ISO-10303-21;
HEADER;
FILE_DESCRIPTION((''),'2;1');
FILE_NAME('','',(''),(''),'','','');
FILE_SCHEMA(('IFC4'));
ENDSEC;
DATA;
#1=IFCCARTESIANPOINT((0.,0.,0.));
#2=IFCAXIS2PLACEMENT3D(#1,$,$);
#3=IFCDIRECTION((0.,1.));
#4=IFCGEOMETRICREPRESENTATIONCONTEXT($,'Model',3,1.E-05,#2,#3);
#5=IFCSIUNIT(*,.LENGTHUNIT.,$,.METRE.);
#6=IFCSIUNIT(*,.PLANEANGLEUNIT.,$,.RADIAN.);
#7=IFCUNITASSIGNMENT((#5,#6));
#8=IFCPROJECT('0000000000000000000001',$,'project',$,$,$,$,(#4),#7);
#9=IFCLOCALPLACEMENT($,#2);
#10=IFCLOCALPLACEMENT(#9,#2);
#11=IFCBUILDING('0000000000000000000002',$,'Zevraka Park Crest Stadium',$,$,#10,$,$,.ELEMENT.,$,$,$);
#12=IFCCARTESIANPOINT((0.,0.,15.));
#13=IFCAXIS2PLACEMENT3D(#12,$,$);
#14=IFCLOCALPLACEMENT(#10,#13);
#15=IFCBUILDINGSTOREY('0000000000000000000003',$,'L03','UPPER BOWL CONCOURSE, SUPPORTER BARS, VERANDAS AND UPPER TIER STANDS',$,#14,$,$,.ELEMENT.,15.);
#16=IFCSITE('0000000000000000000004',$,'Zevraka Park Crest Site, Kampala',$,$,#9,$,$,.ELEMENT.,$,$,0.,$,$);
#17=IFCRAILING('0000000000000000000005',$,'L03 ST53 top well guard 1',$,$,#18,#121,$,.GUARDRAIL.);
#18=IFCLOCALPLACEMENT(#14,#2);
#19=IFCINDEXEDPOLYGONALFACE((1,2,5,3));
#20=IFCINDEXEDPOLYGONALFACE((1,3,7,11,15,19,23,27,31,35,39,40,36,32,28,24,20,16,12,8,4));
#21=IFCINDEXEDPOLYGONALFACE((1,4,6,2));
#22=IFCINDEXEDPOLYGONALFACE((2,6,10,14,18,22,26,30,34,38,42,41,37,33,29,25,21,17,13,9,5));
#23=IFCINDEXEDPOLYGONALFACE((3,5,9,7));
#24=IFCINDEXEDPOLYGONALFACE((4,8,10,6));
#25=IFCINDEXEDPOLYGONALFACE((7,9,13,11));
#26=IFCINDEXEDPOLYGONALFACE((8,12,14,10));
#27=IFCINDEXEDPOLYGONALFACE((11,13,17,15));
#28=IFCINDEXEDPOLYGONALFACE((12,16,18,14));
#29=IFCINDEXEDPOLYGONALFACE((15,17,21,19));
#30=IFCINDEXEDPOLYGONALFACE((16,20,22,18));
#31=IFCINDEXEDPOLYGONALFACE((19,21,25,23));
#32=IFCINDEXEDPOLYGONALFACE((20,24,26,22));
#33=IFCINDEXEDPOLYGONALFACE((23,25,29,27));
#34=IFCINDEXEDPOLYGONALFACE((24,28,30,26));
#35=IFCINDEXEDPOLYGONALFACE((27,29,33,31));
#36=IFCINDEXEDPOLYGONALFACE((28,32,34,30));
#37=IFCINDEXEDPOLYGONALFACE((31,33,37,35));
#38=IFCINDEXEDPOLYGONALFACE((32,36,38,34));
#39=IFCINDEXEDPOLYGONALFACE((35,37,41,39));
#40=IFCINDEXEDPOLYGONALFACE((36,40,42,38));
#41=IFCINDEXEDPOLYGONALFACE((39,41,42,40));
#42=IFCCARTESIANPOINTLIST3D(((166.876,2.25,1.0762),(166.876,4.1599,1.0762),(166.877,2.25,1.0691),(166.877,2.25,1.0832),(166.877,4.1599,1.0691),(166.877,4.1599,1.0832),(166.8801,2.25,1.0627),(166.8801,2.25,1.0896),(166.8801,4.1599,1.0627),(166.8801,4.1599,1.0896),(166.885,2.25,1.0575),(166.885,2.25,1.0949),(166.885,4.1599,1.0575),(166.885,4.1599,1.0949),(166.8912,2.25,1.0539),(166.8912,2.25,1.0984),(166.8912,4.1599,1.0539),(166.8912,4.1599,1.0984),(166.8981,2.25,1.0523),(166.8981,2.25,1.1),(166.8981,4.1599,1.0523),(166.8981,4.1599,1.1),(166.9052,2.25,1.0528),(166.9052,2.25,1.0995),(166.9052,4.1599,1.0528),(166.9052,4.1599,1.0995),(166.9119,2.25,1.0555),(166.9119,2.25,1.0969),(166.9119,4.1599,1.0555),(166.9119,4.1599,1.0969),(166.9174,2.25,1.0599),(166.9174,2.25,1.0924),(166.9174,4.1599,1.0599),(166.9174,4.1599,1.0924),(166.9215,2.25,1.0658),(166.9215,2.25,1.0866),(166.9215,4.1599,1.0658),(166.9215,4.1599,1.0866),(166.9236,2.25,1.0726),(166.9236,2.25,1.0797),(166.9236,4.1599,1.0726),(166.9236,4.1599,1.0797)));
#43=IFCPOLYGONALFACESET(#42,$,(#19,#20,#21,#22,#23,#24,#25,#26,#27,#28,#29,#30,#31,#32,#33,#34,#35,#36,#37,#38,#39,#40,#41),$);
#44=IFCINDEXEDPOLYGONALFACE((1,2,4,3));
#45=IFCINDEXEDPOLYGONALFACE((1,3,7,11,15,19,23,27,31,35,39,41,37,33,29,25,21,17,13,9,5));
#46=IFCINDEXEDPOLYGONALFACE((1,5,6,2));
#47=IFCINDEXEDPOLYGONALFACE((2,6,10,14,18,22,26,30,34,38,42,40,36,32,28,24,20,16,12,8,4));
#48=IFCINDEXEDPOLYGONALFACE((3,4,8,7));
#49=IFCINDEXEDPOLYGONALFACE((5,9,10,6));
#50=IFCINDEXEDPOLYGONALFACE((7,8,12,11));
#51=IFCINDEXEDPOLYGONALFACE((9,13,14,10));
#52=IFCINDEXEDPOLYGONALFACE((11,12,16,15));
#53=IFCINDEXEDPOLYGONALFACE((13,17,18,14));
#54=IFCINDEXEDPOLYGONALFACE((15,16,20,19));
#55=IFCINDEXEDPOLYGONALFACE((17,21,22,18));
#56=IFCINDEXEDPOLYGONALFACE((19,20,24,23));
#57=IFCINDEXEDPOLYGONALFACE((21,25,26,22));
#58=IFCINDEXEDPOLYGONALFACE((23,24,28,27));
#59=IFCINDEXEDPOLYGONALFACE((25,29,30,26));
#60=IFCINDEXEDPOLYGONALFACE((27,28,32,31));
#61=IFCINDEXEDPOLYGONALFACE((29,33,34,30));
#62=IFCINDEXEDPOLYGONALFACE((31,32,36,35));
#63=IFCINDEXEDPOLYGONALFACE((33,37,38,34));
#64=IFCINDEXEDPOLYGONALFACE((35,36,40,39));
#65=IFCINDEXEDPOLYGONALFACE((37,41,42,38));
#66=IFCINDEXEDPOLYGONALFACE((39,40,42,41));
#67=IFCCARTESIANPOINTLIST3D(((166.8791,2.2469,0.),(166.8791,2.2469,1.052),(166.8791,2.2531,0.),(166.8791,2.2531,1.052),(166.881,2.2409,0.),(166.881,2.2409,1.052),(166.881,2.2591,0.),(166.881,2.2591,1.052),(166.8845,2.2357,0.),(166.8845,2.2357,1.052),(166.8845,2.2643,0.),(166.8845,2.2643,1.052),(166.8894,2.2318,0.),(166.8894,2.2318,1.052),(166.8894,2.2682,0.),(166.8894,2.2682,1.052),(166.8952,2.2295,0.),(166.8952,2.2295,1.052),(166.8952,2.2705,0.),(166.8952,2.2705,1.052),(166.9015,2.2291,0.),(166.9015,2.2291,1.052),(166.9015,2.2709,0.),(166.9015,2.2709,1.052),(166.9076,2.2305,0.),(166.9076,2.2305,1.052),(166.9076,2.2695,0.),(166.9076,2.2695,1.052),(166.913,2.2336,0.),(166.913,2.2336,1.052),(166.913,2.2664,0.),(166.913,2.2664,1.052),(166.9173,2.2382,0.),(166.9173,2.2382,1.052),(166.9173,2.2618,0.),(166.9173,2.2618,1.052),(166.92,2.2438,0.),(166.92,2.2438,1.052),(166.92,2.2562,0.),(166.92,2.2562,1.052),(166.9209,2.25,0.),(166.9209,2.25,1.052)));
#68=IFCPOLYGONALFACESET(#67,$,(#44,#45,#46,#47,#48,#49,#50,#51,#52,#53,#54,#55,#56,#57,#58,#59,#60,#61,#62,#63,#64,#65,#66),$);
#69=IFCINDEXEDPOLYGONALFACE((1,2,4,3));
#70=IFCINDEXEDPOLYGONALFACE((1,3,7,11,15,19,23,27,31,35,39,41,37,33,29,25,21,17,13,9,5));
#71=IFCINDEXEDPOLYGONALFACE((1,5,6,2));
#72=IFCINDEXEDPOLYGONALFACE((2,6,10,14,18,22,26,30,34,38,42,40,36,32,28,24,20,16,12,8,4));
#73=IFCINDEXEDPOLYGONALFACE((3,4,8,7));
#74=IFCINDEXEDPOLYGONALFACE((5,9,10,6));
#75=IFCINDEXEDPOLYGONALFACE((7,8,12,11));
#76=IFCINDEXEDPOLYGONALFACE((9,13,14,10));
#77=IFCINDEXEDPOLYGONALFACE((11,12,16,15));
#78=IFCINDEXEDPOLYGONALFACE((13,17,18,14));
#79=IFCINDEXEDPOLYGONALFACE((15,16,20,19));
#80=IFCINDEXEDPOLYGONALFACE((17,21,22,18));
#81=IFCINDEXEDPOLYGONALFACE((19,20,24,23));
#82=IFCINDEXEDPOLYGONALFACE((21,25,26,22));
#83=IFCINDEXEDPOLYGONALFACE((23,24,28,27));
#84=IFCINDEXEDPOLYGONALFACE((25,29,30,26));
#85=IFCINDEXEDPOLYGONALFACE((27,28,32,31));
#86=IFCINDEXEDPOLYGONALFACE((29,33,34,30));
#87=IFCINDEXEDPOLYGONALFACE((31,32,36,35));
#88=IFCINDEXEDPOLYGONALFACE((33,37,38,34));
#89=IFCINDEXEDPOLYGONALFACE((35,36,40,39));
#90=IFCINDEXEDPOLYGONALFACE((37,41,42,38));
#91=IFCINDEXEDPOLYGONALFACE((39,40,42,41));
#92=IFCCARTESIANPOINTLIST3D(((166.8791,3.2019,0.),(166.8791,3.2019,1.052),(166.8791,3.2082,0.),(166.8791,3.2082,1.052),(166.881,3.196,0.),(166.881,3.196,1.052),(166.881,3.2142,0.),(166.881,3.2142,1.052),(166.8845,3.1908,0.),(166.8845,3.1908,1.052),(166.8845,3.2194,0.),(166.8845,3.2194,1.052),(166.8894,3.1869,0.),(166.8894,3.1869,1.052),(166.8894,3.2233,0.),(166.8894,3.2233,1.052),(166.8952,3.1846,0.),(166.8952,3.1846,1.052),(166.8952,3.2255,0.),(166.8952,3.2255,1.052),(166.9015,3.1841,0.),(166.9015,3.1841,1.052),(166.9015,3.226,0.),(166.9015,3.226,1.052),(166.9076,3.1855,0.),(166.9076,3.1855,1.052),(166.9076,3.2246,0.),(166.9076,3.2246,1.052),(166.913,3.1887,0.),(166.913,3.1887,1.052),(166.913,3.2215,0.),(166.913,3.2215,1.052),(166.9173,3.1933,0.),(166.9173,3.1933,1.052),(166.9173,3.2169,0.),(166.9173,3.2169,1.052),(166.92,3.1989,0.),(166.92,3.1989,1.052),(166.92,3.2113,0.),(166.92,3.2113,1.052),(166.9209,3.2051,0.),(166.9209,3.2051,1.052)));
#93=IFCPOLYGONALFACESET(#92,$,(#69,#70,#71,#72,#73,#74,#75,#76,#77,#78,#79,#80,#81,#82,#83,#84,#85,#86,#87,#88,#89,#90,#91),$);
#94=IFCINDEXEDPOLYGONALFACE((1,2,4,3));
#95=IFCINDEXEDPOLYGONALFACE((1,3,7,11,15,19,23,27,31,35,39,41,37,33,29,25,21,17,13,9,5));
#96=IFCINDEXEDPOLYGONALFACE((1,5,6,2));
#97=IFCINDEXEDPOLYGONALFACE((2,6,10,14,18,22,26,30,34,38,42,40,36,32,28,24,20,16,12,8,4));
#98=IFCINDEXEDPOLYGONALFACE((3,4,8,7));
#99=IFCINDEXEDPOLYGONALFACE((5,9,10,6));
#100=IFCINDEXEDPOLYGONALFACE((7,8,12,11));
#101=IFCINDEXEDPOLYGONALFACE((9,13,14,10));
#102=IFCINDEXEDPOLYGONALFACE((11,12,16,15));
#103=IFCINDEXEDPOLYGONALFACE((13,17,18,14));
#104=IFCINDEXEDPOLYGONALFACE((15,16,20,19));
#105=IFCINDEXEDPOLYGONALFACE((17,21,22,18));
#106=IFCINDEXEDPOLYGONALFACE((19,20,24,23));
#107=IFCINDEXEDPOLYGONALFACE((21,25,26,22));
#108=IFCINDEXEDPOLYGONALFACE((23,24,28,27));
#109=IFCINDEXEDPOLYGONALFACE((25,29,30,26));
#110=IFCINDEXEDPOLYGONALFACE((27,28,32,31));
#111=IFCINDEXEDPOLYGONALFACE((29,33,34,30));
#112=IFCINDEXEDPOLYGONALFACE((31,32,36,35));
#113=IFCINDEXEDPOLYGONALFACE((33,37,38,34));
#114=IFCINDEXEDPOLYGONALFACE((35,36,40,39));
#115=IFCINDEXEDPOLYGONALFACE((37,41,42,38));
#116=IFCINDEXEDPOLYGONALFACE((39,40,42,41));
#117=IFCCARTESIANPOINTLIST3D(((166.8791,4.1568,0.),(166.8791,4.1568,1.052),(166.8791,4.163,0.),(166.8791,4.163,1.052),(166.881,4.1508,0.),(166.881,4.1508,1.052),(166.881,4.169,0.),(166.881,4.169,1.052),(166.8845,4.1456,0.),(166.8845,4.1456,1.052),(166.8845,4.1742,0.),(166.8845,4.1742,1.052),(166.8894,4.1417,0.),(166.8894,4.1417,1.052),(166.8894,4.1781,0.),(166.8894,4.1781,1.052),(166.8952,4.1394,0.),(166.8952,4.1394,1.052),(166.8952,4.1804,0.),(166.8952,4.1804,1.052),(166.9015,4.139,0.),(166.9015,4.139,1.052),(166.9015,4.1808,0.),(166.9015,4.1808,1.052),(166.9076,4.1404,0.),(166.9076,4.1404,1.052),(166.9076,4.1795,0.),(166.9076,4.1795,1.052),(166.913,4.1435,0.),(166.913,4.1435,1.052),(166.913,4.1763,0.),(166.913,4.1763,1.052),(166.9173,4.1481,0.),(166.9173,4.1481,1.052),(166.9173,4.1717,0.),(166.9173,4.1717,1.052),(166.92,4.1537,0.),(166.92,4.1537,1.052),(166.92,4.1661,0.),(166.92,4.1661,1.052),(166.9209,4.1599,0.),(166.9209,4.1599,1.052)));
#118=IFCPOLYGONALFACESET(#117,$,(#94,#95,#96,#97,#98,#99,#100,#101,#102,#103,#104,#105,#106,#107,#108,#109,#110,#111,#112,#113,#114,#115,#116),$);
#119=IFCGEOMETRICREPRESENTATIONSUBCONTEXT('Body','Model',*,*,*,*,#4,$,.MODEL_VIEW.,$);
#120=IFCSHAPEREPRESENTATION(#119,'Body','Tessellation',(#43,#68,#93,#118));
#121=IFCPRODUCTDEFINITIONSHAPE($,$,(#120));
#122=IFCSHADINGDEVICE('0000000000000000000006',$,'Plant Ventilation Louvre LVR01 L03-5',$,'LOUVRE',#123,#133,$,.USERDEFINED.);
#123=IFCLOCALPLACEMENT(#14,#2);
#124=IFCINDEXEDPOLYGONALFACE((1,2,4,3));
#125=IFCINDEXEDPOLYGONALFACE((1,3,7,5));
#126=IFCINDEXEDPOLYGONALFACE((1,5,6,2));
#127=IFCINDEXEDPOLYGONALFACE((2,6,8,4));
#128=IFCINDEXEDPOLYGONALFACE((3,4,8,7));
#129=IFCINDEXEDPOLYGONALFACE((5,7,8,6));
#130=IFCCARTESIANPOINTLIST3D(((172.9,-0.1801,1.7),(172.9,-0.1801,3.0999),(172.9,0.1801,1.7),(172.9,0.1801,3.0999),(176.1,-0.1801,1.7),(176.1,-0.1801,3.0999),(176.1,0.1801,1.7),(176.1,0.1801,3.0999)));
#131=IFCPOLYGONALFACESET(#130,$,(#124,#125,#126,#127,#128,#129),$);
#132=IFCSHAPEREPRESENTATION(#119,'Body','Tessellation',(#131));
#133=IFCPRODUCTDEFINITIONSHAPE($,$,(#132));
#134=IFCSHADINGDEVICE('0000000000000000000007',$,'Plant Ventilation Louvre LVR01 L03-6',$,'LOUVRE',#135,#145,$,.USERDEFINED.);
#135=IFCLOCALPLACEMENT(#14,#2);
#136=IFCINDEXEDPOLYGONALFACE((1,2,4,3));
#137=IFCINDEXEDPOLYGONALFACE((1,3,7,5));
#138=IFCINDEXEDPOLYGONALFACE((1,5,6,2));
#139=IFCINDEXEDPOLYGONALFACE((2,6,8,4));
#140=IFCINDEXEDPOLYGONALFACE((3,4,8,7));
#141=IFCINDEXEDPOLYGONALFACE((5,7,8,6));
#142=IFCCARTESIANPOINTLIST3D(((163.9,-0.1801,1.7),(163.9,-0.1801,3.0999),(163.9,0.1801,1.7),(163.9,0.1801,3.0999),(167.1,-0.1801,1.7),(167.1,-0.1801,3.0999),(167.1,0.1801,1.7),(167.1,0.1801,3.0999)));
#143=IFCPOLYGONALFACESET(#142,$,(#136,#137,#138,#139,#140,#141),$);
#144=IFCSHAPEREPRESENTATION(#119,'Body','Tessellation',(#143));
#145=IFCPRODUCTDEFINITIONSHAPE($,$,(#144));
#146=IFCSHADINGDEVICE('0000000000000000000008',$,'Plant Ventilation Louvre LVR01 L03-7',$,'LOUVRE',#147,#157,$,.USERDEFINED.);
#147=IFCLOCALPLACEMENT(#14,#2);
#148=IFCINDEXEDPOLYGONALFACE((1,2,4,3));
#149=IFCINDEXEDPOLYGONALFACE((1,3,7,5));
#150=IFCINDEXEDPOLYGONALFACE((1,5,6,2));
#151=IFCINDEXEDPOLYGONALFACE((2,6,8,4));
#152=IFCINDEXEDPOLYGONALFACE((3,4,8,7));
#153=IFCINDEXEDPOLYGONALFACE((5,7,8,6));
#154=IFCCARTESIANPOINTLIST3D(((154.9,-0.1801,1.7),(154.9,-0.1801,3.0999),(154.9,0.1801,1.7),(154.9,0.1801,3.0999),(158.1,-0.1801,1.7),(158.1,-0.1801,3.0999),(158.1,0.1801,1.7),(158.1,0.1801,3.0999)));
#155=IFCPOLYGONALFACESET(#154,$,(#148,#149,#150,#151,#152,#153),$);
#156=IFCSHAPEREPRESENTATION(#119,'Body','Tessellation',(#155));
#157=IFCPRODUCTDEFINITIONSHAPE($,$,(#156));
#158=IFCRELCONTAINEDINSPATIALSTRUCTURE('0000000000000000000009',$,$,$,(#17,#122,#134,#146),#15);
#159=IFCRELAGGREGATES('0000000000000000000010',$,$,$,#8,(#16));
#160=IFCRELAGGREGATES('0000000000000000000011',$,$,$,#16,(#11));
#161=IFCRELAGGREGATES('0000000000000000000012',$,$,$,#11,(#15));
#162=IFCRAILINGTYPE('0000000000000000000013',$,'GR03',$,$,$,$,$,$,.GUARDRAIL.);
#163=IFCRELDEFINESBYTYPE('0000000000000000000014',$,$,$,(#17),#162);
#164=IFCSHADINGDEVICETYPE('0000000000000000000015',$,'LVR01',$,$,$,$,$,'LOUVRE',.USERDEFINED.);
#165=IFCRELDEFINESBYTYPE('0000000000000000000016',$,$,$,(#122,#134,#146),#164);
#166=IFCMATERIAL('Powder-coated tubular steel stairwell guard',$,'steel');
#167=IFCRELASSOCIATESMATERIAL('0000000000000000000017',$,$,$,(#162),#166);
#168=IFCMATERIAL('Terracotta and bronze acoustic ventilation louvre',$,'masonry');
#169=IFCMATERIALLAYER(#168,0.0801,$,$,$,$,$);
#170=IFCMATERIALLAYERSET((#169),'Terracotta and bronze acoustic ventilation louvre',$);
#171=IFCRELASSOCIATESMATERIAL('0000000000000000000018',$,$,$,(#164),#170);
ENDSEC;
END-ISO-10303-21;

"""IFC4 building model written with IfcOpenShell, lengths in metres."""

from ifc_helpers import new_model, si_unit, direction, frame, origin, origin_2d, place, context, subcontext, project, spatial, rectangle, circle, extrude, material, layer, layer_set, type_object, element, save


model = new_model("IFC4")

# Units and contexts
model_context = context("Model", 3, precision=1e-05, world=origin(), true_north=direction((0.0, 1.0)))
body_context = subcontext(model_context, "Body", "Model", "MODEL_VIEW")
ifc_project = project(units=[si_unit("LENGTHUNIT", "METRE"), si_unit("PLANEANGLEUNIT", "RADIAN")], contexts=[model_context])

# Site, building, storey
site_placement = place(None, origin())
site = spatial("IfcSite", under=ifc_project, at=site_placement, Name="Zevraka Park Crest Site, Kampala", CompositionType="ELEMENT", RefElevation=0.0)
building_placement = place(site_placement, origin())
building = spatial("IfcBuilding", under=site, at=building_placement, Name="Zevraka Park Crest Stadium", CompositionType="ELEMENT")
storey_placement = place(building_placement, frame((0.0, 0.0, 15.0)))
storey = spatial("IfcBuildingStorey", under=building, at=storey_placement, Name="L03", Description="UPPER BOWL CONCOURSE, SUPPORTER BARS, VERANDAS AND UPPER TIER STANDS", CompositionType="ELEMENT", Elevation=15.0)

# Railing
ifc_material_1 = material(Name="Powder-coated tubular steel stairwell guard", Category="steel")
railing_type = type_object("IfcRailingType", Name="GR03", PredefinedType="GUARDRAIL", material=ifc_material_1)
railing_placement = place(storey_placement, frame((166.8999, 2.25, 0.0)))
element("IfcRailing", 1, at=railing_placement, inside=storey, type_object=railing_type, Name="L03 ST53 top well guard 1", PredefinedType="GUARDRAIL", context=body_context, shape_type="SweptSolid", body=[
    extrude(circle(Radius=0.0239, at=origin_2d()), frame((0.0, 0.0, 1.0762), z_axis=(0.0, 1.0, 0.0), x_axis=(-1.0, 0.0, 0.0)), (0.0, 0.0, 1.0), 1.9099),
    extrude(circle(Radius=0.021, at=origin_2d()), origin(), (0.0, 0.0, 1.0), 1.052),
    extrude(circle(Radius=0.021, at=origin_2d()), frame((0.0, 0.9551, 0.0)), (0.0, 0.0, 1.0), 1.052),
    extrude(circle(Radius=0.021, at=origin_2d()), frame((0.0, 1.9099, 0.0)), (0.0, 0.0, 1.0), 1.052),
])

# Shading devices
ifc_material_2 = material(Name="Terracotta and bronze acoustic ventilation louvre", Category="masonry")
ifc_layer_1 = layer(ifc_material_2, 0.0801)
ifc_layer_set_1 = layer_set([ifc_layer_1], Name="Terracotta and bronze acoustic ventilation louvre")
shading_device_type = type_object("IfcShadingDeviceType", Name="LVR01", ElementType="LOUVRE", PredefinedType="USERDEFINED", material=ifc_layer_set_1)
for number, where, z_axis, x_axis, name in (
    (2, (174.5, 0.0, 1.7), (0.0, 0.0, 1.0), (-1.0, 0.0, 0.0), "Plant Ventilation Louvre LVR01 L03-5"),
    (3, (165.5, 0.0, 1.7), (0.0, 0.0, 1.0), (-1.0, 0.0, 0.0), "Plant Ventilation Louvre LVR01 L03-6"),
    (4, (156.5, 0.0, 1.7), (0.0, 0.0, 1.0), (-1.0, 0.0, 0.0), "Plant Ventilation Louvre LVR01 L03-7"),
):
    element("IfcShadingDevice", number, at=place(storey_placement, frame(where, z_axis=z_axis, x_axis=x_axis)), inside=storey, type_object=shading_device_type, Name=name, ObjectType="LOUVRE", PredefinedType="USERDEFINED", context=body_context, shape_type="SweptSolid", body=[
        extrude(rectangle(XDim=3.2, YDim=0.3601, at=origin_2d()), origin(), (0.0, 0.0, 1.0), 1.3999),
    ])

save(model, "model.ifc")
